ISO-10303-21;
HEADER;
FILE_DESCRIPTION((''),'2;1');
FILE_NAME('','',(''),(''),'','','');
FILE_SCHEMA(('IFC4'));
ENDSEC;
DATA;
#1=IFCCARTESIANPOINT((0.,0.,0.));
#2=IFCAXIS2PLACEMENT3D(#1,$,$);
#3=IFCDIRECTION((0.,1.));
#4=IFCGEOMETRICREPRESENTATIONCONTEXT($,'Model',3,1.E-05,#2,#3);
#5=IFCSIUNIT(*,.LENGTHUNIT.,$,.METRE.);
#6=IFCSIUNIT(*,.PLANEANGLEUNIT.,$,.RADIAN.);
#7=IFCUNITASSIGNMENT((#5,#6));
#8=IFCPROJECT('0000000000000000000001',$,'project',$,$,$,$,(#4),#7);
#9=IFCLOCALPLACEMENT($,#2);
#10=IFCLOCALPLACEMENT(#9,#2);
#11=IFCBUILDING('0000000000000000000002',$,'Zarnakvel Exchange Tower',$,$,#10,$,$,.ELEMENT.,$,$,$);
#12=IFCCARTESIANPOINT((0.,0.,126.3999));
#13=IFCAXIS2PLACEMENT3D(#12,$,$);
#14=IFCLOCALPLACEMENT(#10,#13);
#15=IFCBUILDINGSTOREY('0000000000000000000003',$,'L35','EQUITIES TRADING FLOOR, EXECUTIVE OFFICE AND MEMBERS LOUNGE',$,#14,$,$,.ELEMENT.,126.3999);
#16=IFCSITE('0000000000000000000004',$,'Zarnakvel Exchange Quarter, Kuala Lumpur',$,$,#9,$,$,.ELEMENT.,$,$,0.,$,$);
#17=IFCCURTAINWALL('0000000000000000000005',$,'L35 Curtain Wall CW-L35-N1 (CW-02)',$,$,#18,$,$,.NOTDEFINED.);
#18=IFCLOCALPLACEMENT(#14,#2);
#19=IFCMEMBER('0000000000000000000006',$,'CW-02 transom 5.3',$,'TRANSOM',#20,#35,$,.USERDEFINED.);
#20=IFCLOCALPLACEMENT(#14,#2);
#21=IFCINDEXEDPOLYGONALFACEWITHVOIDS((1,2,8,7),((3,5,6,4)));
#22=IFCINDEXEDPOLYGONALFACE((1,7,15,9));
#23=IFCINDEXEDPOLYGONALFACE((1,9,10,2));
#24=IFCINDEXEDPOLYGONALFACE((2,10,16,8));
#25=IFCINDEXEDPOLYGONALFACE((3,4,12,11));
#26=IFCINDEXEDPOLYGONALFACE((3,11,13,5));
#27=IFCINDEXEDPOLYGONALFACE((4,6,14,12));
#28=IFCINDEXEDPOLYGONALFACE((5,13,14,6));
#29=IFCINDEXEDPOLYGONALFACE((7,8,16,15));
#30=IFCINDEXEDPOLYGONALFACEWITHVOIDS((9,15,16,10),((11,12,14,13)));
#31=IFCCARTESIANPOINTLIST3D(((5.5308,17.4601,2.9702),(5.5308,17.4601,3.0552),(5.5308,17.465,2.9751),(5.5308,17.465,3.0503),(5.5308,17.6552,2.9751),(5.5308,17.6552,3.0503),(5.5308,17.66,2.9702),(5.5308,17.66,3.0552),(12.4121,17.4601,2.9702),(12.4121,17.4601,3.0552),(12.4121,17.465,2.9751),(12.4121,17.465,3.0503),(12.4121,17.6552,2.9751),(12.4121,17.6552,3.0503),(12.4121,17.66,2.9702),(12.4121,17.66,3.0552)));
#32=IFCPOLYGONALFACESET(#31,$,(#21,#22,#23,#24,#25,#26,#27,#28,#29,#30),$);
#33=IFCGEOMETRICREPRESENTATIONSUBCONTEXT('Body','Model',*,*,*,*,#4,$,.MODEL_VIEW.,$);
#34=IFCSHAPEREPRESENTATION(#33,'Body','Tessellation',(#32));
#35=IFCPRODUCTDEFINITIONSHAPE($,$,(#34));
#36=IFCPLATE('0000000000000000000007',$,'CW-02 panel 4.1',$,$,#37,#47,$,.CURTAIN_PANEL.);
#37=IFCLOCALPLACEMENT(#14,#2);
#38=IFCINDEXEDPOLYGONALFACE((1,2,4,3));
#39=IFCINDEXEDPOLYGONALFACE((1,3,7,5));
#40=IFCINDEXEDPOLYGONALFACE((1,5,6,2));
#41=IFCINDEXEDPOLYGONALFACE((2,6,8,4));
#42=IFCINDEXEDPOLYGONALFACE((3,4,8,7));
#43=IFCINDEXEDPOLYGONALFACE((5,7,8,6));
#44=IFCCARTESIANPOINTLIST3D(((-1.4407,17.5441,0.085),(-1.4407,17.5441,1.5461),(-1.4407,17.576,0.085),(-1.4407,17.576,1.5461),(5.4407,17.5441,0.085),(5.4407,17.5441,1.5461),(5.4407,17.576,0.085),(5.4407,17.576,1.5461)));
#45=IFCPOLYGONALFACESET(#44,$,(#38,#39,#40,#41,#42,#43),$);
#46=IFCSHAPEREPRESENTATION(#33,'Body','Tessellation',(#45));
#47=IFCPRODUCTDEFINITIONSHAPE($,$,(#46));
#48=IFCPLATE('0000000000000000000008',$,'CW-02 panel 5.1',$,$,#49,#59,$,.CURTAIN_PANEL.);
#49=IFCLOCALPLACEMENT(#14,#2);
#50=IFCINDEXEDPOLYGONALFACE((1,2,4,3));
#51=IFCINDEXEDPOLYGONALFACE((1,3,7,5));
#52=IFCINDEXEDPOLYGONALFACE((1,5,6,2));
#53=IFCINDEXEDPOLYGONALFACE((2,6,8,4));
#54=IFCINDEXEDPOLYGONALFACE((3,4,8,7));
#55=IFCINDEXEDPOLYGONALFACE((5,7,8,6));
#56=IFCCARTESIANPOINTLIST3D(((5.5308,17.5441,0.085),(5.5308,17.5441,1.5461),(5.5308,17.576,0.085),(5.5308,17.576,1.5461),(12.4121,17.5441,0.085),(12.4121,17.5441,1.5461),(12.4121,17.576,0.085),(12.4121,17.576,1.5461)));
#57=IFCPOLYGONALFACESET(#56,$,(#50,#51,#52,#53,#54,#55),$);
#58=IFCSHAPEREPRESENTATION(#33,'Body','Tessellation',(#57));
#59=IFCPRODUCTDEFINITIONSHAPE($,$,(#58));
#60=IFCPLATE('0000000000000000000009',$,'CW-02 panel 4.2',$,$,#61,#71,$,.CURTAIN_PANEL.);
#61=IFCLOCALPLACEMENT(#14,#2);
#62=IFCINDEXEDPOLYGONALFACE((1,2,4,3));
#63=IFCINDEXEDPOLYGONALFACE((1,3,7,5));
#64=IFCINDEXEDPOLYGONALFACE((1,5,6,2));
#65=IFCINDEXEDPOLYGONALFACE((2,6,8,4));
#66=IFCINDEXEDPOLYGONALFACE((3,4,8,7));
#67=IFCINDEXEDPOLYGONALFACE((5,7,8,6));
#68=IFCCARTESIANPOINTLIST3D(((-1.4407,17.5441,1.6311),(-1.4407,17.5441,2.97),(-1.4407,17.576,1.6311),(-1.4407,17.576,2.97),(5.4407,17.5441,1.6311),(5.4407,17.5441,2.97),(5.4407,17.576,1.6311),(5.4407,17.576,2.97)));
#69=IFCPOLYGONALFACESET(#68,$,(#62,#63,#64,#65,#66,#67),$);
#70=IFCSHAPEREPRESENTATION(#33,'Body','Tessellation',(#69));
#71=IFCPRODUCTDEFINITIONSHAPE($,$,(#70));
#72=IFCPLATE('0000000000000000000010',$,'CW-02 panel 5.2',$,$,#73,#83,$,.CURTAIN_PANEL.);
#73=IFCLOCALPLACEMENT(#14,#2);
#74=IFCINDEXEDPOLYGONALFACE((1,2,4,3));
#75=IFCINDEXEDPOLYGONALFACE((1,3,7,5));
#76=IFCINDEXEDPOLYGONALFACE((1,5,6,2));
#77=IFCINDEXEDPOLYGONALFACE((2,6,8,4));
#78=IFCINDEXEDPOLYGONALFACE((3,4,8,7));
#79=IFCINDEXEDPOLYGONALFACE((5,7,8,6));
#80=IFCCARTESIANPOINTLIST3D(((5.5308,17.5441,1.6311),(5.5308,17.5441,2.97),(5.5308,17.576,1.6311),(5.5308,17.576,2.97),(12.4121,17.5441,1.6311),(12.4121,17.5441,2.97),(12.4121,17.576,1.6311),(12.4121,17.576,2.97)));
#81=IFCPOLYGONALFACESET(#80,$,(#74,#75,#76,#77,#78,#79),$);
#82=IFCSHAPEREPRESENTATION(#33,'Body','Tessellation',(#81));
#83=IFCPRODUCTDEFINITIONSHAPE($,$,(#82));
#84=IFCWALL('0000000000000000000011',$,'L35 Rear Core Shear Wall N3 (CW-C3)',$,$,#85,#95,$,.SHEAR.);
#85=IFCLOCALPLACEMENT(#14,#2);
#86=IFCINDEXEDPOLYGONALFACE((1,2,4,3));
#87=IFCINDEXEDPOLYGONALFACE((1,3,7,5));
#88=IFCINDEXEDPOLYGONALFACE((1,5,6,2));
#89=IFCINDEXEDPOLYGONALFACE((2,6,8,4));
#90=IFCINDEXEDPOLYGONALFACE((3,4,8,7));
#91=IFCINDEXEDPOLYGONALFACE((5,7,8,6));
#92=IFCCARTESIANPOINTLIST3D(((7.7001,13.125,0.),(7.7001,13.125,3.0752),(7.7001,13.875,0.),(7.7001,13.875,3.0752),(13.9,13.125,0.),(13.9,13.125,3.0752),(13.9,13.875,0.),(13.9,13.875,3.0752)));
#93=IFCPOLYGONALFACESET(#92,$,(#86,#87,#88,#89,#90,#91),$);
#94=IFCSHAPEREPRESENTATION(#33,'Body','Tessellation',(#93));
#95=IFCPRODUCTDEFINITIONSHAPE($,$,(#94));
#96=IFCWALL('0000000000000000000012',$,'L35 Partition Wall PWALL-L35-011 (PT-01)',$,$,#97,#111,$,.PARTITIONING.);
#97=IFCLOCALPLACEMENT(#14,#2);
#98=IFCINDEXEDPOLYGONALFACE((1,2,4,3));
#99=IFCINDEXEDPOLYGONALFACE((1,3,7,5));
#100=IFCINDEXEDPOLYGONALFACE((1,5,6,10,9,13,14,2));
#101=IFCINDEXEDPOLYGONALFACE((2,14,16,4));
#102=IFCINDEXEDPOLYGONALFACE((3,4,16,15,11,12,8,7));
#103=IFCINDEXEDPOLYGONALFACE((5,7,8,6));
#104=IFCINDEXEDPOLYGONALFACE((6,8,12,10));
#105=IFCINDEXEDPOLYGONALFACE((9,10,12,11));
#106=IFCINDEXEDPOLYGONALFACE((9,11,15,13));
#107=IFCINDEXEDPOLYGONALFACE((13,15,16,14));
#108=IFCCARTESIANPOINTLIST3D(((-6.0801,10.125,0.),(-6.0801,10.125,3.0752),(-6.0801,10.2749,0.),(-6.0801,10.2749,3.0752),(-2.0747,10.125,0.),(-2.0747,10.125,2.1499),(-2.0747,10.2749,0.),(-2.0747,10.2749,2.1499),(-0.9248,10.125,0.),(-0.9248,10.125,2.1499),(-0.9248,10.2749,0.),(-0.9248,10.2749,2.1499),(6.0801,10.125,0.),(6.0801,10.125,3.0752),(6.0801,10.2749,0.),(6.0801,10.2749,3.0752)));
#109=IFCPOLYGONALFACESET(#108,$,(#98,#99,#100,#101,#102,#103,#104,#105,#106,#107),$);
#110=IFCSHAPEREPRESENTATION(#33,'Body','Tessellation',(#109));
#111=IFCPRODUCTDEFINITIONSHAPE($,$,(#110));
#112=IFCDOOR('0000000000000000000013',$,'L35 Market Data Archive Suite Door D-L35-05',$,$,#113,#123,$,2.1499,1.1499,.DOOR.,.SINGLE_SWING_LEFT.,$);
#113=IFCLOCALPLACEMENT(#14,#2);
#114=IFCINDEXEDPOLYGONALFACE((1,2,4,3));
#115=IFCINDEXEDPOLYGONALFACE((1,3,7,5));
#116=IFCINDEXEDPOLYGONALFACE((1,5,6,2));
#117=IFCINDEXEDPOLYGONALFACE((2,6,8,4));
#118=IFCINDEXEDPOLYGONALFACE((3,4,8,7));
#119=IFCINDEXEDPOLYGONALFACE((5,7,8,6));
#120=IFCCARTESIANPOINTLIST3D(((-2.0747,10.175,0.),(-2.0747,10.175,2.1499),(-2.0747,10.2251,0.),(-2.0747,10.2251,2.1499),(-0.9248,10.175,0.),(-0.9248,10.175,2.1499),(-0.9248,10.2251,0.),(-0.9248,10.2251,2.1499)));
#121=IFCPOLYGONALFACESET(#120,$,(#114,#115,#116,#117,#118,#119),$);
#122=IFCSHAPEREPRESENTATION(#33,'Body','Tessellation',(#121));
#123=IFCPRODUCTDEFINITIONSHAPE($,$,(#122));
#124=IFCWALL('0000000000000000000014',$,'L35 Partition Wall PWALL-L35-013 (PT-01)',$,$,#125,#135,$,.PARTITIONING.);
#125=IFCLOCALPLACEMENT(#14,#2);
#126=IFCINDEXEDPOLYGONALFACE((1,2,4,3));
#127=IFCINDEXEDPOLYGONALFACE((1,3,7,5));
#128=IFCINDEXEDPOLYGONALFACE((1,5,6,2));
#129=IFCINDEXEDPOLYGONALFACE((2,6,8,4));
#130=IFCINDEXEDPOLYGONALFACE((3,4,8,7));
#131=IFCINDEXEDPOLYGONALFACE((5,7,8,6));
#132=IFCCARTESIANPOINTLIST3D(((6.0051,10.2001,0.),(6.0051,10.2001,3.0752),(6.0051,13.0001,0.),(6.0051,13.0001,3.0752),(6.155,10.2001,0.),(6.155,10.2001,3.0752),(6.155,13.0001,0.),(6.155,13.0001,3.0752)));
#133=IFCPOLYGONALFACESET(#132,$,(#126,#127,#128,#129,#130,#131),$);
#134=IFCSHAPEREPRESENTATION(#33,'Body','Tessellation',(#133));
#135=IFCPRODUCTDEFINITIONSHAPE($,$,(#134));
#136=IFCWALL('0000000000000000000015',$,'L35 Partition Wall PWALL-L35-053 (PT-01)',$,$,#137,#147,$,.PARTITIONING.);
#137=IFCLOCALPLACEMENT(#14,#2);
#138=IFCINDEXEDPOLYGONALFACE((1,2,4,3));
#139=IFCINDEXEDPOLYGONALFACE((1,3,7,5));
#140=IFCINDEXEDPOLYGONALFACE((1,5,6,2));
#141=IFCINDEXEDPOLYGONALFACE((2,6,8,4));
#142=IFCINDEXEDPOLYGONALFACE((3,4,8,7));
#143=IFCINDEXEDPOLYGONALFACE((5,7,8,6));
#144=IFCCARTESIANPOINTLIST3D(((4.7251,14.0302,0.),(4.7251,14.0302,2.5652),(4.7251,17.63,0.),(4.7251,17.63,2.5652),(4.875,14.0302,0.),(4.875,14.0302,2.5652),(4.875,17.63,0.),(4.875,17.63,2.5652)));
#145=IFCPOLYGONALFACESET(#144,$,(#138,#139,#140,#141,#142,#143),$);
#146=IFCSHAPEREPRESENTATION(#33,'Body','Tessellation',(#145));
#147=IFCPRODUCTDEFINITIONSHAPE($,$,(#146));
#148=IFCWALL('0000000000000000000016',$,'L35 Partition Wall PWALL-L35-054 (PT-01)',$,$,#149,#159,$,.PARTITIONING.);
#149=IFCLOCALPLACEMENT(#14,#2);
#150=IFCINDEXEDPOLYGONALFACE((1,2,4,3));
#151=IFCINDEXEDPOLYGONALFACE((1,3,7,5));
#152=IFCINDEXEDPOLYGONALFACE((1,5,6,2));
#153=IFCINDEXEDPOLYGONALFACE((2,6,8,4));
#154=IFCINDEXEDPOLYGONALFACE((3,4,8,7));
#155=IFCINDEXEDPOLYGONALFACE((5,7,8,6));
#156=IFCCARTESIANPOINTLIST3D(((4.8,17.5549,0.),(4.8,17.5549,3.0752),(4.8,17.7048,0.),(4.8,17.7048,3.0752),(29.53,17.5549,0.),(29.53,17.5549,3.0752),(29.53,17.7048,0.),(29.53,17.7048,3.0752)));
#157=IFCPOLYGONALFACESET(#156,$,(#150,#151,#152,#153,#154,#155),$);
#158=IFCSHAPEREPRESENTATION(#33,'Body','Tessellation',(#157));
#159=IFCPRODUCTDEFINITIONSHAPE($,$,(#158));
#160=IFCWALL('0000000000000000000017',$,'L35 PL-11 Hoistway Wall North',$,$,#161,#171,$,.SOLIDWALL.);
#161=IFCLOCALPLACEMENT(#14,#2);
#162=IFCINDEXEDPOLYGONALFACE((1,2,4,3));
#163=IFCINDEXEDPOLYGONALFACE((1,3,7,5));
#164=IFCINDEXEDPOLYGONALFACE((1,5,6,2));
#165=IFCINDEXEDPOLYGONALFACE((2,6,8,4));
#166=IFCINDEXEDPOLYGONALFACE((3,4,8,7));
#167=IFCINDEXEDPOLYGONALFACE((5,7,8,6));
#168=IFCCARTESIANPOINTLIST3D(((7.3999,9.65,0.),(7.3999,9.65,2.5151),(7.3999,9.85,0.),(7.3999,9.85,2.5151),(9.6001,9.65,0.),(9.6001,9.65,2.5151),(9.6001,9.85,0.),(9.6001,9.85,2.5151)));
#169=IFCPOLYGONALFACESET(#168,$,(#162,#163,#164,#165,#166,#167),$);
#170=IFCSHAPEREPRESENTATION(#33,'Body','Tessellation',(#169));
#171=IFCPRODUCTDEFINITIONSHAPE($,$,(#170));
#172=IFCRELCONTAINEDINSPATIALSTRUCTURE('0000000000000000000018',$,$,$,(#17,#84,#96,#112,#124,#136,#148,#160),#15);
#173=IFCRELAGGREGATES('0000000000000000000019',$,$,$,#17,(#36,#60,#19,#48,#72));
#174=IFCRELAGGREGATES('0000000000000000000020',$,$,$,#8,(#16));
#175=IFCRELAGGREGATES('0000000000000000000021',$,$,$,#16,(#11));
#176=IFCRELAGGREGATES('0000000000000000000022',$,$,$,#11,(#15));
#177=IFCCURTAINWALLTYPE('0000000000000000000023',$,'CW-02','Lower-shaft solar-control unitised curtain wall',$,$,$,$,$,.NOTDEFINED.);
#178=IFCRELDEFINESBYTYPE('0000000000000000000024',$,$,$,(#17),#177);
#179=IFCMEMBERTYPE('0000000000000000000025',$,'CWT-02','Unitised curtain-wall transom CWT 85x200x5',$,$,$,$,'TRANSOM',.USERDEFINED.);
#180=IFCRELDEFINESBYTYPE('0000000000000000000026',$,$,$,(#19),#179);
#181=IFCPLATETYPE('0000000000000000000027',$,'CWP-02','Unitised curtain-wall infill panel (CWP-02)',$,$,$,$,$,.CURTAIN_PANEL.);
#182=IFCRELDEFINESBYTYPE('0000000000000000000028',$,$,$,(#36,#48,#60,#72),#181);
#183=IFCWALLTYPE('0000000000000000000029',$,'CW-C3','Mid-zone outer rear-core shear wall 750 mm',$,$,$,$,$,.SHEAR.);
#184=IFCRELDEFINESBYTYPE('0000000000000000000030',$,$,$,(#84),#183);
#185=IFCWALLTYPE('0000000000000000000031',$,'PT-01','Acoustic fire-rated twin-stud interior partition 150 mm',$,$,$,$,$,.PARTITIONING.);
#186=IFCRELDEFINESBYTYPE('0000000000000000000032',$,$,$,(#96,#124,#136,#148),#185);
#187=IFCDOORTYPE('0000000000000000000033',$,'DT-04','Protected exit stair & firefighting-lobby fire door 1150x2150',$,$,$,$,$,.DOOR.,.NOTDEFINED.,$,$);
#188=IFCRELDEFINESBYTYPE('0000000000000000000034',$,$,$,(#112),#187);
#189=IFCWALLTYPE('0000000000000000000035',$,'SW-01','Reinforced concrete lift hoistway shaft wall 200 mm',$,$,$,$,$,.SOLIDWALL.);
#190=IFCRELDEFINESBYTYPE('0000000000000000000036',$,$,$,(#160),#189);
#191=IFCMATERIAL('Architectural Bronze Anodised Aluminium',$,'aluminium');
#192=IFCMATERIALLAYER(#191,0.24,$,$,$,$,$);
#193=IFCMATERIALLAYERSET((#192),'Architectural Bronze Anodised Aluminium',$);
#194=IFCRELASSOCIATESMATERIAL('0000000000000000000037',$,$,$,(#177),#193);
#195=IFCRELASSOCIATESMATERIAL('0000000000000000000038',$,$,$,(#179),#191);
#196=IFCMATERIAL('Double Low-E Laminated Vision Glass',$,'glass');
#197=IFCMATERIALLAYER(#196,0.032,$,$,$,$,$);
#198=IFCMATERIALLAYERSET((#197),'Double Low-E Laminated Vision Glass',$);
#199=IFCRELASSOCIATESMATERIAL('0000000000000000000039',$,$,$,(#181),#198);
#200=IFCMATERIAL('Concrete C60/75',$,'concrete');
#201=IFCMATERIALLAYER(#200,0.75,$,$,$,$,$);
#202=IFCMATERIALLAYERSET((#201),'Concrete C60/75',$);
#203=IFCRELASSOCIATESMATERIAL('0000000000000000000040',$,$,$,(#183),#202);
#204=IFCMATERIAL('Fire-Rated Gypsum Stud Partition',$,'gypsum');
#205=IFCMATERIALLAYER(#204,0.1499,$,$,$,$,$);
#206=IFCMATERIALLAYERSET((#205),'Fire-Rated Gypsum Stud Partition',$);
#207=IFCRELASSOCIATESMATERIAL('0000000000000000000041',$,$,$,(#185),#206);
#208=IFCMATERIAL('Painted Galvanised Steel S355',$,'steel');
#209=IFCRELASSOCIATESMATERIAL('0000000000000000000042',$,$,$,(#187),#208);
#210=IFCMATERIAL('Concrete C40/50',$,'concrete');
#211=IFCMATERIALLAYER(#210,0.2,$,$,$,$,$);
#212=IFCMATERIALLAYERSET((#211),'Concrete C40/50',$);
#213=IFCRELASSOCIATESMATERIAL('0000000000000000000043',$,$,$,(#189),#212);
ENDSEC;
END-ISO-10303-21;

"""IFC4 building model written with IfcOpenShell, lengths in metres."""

from ifc_helpers import new_model, si_unit, direction, frame, frame_2d, origin, origin_2d, place, context, subcontext, project, spatial, rectangle, hollow_rectangle, extrude, source, transform, mapped, material, layer, layer_set, material_profile, profile_set, type_object, element, fill, aggregate, save


model = new_model("IFC4")

# Units and contexts
model_context = context("Model", 3, precision=1e-05, world=origin(), true_north=direction((0.0, 1.0)))
body_context = subcontext(model_context, "Body", "Model", "MODEL_VIEW")
ifc_project = project(units=[si_unit("LENGTHUNIT", "METRE"), si_unit("PLANEANGLEUNIT", "RADIAN")], contexts=[model_context])

# Site, building, storey
site_placement = place(None, origin())
site = spatial("IfcSite", under=ifc_project, at=site_placement, Name="Zarnakvel Exchange Quarter, Kuala Lumpur", CompositionType="ELEMENT", RefElevation=0.0)
building_placement = place(site_placement, origin())
building = spatial("IfcBuilding", under=site, at=building_placement, Name="Zarnakvel Exchange Tower", CompositionType="ELEMENT")
storey_placement = place(building_placement, frame((0.0, 0.0, 126.3999)))
storey = spatial("IfcBuildingStorey", under=building, at=storey_placement, Name="L35", Description="EQUITIES TRADING FLOOR, EXECUTIVE OFFICE AND MEMBERS LOUNGE", CompositionType="ELEMENT", Elevation=126.3999)

# Shared definitions
ifc_material_1 = material(Name="Concrete C60/75", Category="concrete")

# Curtain wall, member, plates
ifc_material_2 = material(Name="Architectural Bronze Anodised Aluminium", Category="aluminium")
ifc_layer_1 = layer(ifc_material_2, 0.24)
ifc_layer_set_1 = layer_set([ifc_layer_1], Name="Architectural Bronze Anodised Aluminium")
curtain_wall_type = type_object("IfcCurtainWallType", Name="CW-02", Description="Lower-shaft solar-control unitised curtain wall", PredefinedType="NOTDEFINED", material=ifc_layer_set_1)
curtain_wall_placement = place(storey_placement, origin())
curtain_wall = element("IfcCurtainWall", 1, at=curtain_wall_placement, inside=storey, type_object=curtain_wall_type, Name="L35 Curtain Wall CW-L35-N1 (CW-02)", PredefinedType="NOTDEFINED")
ifc_material_profile_1 = material_profile(ifc_material_2, hollow_rectangle(XDim=0.2, YDim=0.085, WallThickness=0.0049, at=origin_2d()))
ifc_profile_set_1 = profile_set([ifc_material_profile_1], Name="Architectural Bronze Anodised Aluminium")
member_type_1 = type_object("IfcMemberType", Name="CWT-02", Description="Unitised curtain-wall transom CWT 85x200x5", ElementType="TRANSOM", PredefinedType="USERDEFINED", material=ifc_profile_set_1)
shared_shape_1 = source(origin(), body_context, "Body", "SweptSolid", [
    extrude(hollow_rectangle(XDim=0.2, YDim=0.085, WallThickness=0.0049, at=origin_2d()), origin(), (0.0, 0.0, 1.0), 6.8813),
])
member_1_placement = place(storey_placement, frame((5.5308, 17.5601, 3.0127), z_axis=(1.0, 0.0, 0.0), x_axis=(0.0, 1.0, 0.0)))
member_1 = element("IfcMember", 2, at=member_1_placement, type_object=member_type_1, Name="CW-02 transom 5.3", ObjectType="TRANSOM", PredefinedType="USERDEFINED", context=body_context, shape_type="MappedRepresentation", body=[
    mapped(shared_shape_1, transform((0.0, 0.0, 0.0), x_axis=(1.0, 0.0, 0.0), y_axis=(0.0, 1.0, 0.0), z_axis=(0.0, 0.0, 1.0), scale=1.0)),
])
ifc_material_3 = material(Name="Double Low-E Laminated Vision Glass", Category="glass")
ifc_layer_2 = layer(ifc_material_3, 0.032)
ifc_layer_set_2 = layer_set([ifc_layer_2], Name="Double Low-E Laminated Vision Glass")
plate_type = type_object("IfcPlateType", Name="CWP-02", Description="Unitised curtain-wall infill panel (CWP-02)", PredefinedType="CURTAIN_PANEL", material=ifc_layer_set_2)
shared_shape_2 = source(origin(), body_context, "Body", "SweptSolid", [
    extrude(rectangle(XDim=6.8813, YDim=0.032, at=origin_2d()), origin(), (0.0, 0.0, 1.0), 1.4612),
])
plate_1_placement = place(storey_placement, frame((2.0, 17.5601, 0.085), z_axis=(0.0, 0.0, 1.0), x_axis=(1.0, 0.0, 0.0)))
plate_1 = element("IfcPlate", 3, at=plate_1_placement, type_object=plate_type, Name="CW-02 panel 4.1", PredefinedType="CURTAIN_PANEL", context=body_context, shape_type="MappedRepresentation", body=[
    mapped(shared_shape_2, transform((0.0, 0.0, 0.0), x_axis=(1.0, 0.0, 0.0), y_axis=(0.0, 1.0, 0.0), z_axis=(0.0, 0.0, 1.0), scale=1.0)),
])
plate_2_placement = place(storey_placement, frame((8.9714, 17.5601, 0.085), z_axis=(0.0, 0.0, 1.0), x_axis=(1.0, 0.0, 0.0)))
plate_2 = element("IfcPlate", 4, at=plate_2_placement, type_object=plate_type, Name="CW-02 panel 5.1", PredefinedType="CURTAIN_PANEL", context=body_context, shape_type="MappedRepresentation", body=[
    mapped(shared_shape_2, transform((0.0, 0.0, 0.0), x_axis=(1.0, 0.0, 0.0), y_axis=(0.0, 1.0, 0.0), z_axis=(0.0, 0.0, 1.0), scale=1.0)),
])
shared_shape_3 = source(origin(), body_context, "Body", "SweptSolid", [
    extrude(rectangle(XDim=6.8813, YDim=0.032, at=origin_2d()), origin(), (0.0, 0.0, 1.0), 1.3389),
])
plate_3_placement = place(storey_placement, frame((2.0, 17.5601, 1.6311), z_axis=(0.0, 0.0, 1.0), x_axis=(1.0, 0.0, 0.0)))
plate_3 = element("IfcPlate", 5, at=plate_3_placement, type_object=plate_type, Name="CW-02 panel 4.2", PredefinedType="CURTAIN_PANEL", context=body_context, shape_type="MappedRepresentation", body=[
    mapped(shared_shape_3, transform((0.0, 0.0, 0.0), x_axis=(1.0, 0.0, 0.0), y_axis=(0.0, 1.0, 0.0), z_axis=(0.0, 0.0, 1.0), scale=1.0)),
])
plate_4_placement = place(storey_placement, frame((8.9714, 17.5601, 1.6311), z_axis=(0.0, 0.0, 1.0), x_axis=(1.0, 0.0, 0.0)))
plate_4 = element("IfcPlate", 6, at=plate_4_placement, type_object=plate_type, Name="CW-02 panel 5.2", PredefinedType="CURTAIN_PANEL", context=body_context, shape_type="MappedRepresentation", body=[
    mapped(shared_shape_3, transform((0.0, 0.0, 0.0), x_axis=(1.0, 0.0, 0.0), y_axis=(0.0, 1.0, 0.0), z_axis=(0.0, 0.0, 1.0), scale=1.0)),
])
aggregate(curtain_wall, [plate_1, plate_3, member_1, plate_2, plate_4])

# Wall
ifc_layer_3 = layer(ifc_material_1, 0.75)
ifc_layer_set_3 = layer_set([ifc_layer_3], Name="Concrete C60/75")
wall_type_1 = type_object("IfcWallType", Name="CW-C3", Description="Mid-zone outer rear-core shear wall 750 mm", PredefinedType="SHEAR", material=ifc_layer_set_3)
wall_1_placement = place(storey_placement, frame((7.7, 13.5, 0.0), z_axis=(0.0, 0.0, 1.0), x_axis=(1.0, 0.0, 0.0)))
element("IfcWall", 7, at=wall_1_placement, inside=storey, type_object=wall_type_1, Name="L35 Rear Core Shear Wall N3 (CW-C3)", PredefinedType="SHEAR", context=body_context, shape_type="SweptSolid", body=[
    extrude(rectangle(XDim=6.2, YDim=0.75, at=frame_2d((3.1001, 0.0))), origin(), (0.0, 0.0, 1.0), 3.0752),
])

# Wall, opening, door
ifc_material_4 = material(Name="Fire-Rated Gypsum Stud Partition", Category="gypsum")
ifc_layer_4 = layer(ifc_material_4, 0.1499)
ifc_layer_set_4 = layer_set([ifc_layer_4], Name="Fire-Rated Gypsum Stud Partition")
wall_type_2 = type_object("IfcWallType", Name="PT-01", Description="Acoustic fire-rated twin-stud interior partition 150 mm", PredefinedType="PARTITIONING", material=ifc_layer_set_4)
wall_2_placement = place(storey_placement, frame((6.0801, 10.2, 0.0), z_axis=(0.0, 0.0, 1.0), x_axis=(-1.0, 0.0, 0.0)))
wall_2 = element("IfcWall", 8, at=wall_2_placement, inside=storey, type_object=wall_type_2, Name="L35 Partition Wall PWALL-L35-011 (PT-01)", PredefinedType="PARTITIONING", context=body_context, shape_type="SweptSolid", body=[
    extrude(rectangle(XDim=12.1602, YDim=0.1499, at=frame_2d((6.0801, 0.0))), origin(), (0.0, 0.0, 1.0), 3.0752),
])
opening_placement = place(wall_2_placement, frame((7.0049, 0.0, 0.0)))
opening = element("IfcOpeningElement", 9, at=opening_placement, cuts=wall_2, PredefinedType="OPENING", context=body_context, shape_type="SweptSolid", body=[
    extrude(rectangle(XDim=1.1499, YDim=2.1499, at=frame_2d((0.575, 1.075))), frame((0.0, 0.085, 0.0), z_axis=(0.0, -1.0, 0.0), x_axis=(1.0, 0.0, 0.0)), (0.0, 0.0, 1.0), 0.1699),
])
ifc_material_5 = material(Name="Painted Galvanised Steel S355", Category="steel")
door_type = type_object("IfcDoorType", Name="DT-04", Description="Protected exit stair & firefighting-lobby fire door 1150x2150", OperationType="NOTDEFINED", PredefinedType="DOOR", material=ifc_material_5)
shared_shape_4 = source(origin(), body_context, "Body", "SweptSolid", [
    extrude(rectangle(XDim=1.1499, YDim=2.1499, at=frame_2d((0.575, 1.075))), frame((0.0, 0.0249, 0.0), z_axis=(0.0, -1.0, 0.0), x_axis=(1.0, 0.0, 0.0)), (0.0, 0.0, 1.0), 0.05),
])
door_placement = place(opening_placement, origin())
door = element("IfcDoor", 10, at=door_placement, inside=storey, type_object=door_type, Name="L35 Market Data Archive Suite Door D-L35-05", OperationType="SINGLE_SWING_LEFT", OverallHeight=2.1499, OverallWidth=1.1499, PredefinedType="DOOR", context=body_context, shape_type="MappedRepresentation", body=[
    mapped(shared_shape_4, transform((0.0, 0.0, 0.0), x_axis=(1.0, 0.0, 0.0), y_axis=(0.0, 1.0, 0.0), z_axis=(0.0, 0.0, 1.0), scale=1.0)),
])
fill(opening, door)

# Walls
wall_3_placement = place(storey_placement, frame((6.0801, 13.0, 0.0), z_axis=(0.0, 0.0, 1.0), x_axis=(0.0, -1.0, 0.0)))
element("IfcWall", 11, at=wall_3_placement, inside=storey, type_object=wall_type_2, Name="L35 Partition Wall PWALL-L35-013 (PT-01)", PredefinedType="PARTITIONING", context=body_context, shape_type="SweptSolid", body=[
    extrude(rectangle(XDim=2.8, YDim=0.1499, at=frame_2d((1.3999, 0.0))), origin(), (0.0, 0.0, 1.0), 3.0752),
])
wall_4_placement = place(storey_placement, frame((4.8, 17.6299, 0.0), z_axis=(0.0, 0.0, 1.0), x_axis=(0.0, -1.0, 0.0)))
element("IfcWall", 12, at=wall_4_placement, inside=storey, type_object=wall_type_2, Name="L35 Partition Wall PWALL-L35-053 (PT-01)", PredefinedType="PARTITIONING", context=body_context, shape_type="SweptSolid", body=[
    extrude(rectangle(XDim=3.5999, YDim=0.1499, at=frame_2d((1.7998, 0.0))), origin(), (0.0, 0.0, 1.0), 2.5652),
])
wall_5_placement = place(storey_placement, frame((4.8, 17.6299, 0.0), z_axis=(0.0, 0.0, 1.0), x_axis=(1.0, 0.0, 0.0)))
element("IfcWall", 13, at=wall_5_placement, inside=storey, type_object=wall_type_2, Name="L35 Partition Wall PWALL-L35-054 (PT-01)", PredefinedType="PARTITIONING", context=body_context, shape_type="SweptSolid", body=[
    extrude(rectangle(XDim=24.73, YDim=0.1499, at=frame_2d((12.365, 0.0))), origin(), (0.0, 0.0, 1.0), 3.0752),
])
ifc_material_6 = material(Name="Concrete C40/50", Category="concrete")
ifc_layer_5 = layer(ifc_material_6, 0.2)
ifc_layer_set_5 = layer_set([ifc_layer_5], Name="Concrete C40/50")
wall_type_3 = type_object("IfcWallType", Name="SW-01", Description="Reinforced concrete lift hoistway shaft wall 200 mm", PredefinedType="SOLIDWALL", material=ifc_layer_set_5)
wall_6_placement = place(storey_placement, frame((7.3999, 9.75, 0.0), z_axis=(0.0, 0.0, 1.0), x_axis=(1.0, 0.0, 0.0)))
element("IfcWall", 14, at=wall_6_placement, inside=storey, type_object=wall_type_3, Name="L35 PL-11 Hoistway Wall North", PredefinedType="SOLIDWALL", context=body_context, shape_type="SweptSolid", body=[
    extrude(rectangle(XDim=2.2002, YDim=0.2, at=frame_2d((1.1001, 0.0))), origin(), (0.0, 0.0, 1.0), 2.5151),
])

save(model, "model.ifc")
